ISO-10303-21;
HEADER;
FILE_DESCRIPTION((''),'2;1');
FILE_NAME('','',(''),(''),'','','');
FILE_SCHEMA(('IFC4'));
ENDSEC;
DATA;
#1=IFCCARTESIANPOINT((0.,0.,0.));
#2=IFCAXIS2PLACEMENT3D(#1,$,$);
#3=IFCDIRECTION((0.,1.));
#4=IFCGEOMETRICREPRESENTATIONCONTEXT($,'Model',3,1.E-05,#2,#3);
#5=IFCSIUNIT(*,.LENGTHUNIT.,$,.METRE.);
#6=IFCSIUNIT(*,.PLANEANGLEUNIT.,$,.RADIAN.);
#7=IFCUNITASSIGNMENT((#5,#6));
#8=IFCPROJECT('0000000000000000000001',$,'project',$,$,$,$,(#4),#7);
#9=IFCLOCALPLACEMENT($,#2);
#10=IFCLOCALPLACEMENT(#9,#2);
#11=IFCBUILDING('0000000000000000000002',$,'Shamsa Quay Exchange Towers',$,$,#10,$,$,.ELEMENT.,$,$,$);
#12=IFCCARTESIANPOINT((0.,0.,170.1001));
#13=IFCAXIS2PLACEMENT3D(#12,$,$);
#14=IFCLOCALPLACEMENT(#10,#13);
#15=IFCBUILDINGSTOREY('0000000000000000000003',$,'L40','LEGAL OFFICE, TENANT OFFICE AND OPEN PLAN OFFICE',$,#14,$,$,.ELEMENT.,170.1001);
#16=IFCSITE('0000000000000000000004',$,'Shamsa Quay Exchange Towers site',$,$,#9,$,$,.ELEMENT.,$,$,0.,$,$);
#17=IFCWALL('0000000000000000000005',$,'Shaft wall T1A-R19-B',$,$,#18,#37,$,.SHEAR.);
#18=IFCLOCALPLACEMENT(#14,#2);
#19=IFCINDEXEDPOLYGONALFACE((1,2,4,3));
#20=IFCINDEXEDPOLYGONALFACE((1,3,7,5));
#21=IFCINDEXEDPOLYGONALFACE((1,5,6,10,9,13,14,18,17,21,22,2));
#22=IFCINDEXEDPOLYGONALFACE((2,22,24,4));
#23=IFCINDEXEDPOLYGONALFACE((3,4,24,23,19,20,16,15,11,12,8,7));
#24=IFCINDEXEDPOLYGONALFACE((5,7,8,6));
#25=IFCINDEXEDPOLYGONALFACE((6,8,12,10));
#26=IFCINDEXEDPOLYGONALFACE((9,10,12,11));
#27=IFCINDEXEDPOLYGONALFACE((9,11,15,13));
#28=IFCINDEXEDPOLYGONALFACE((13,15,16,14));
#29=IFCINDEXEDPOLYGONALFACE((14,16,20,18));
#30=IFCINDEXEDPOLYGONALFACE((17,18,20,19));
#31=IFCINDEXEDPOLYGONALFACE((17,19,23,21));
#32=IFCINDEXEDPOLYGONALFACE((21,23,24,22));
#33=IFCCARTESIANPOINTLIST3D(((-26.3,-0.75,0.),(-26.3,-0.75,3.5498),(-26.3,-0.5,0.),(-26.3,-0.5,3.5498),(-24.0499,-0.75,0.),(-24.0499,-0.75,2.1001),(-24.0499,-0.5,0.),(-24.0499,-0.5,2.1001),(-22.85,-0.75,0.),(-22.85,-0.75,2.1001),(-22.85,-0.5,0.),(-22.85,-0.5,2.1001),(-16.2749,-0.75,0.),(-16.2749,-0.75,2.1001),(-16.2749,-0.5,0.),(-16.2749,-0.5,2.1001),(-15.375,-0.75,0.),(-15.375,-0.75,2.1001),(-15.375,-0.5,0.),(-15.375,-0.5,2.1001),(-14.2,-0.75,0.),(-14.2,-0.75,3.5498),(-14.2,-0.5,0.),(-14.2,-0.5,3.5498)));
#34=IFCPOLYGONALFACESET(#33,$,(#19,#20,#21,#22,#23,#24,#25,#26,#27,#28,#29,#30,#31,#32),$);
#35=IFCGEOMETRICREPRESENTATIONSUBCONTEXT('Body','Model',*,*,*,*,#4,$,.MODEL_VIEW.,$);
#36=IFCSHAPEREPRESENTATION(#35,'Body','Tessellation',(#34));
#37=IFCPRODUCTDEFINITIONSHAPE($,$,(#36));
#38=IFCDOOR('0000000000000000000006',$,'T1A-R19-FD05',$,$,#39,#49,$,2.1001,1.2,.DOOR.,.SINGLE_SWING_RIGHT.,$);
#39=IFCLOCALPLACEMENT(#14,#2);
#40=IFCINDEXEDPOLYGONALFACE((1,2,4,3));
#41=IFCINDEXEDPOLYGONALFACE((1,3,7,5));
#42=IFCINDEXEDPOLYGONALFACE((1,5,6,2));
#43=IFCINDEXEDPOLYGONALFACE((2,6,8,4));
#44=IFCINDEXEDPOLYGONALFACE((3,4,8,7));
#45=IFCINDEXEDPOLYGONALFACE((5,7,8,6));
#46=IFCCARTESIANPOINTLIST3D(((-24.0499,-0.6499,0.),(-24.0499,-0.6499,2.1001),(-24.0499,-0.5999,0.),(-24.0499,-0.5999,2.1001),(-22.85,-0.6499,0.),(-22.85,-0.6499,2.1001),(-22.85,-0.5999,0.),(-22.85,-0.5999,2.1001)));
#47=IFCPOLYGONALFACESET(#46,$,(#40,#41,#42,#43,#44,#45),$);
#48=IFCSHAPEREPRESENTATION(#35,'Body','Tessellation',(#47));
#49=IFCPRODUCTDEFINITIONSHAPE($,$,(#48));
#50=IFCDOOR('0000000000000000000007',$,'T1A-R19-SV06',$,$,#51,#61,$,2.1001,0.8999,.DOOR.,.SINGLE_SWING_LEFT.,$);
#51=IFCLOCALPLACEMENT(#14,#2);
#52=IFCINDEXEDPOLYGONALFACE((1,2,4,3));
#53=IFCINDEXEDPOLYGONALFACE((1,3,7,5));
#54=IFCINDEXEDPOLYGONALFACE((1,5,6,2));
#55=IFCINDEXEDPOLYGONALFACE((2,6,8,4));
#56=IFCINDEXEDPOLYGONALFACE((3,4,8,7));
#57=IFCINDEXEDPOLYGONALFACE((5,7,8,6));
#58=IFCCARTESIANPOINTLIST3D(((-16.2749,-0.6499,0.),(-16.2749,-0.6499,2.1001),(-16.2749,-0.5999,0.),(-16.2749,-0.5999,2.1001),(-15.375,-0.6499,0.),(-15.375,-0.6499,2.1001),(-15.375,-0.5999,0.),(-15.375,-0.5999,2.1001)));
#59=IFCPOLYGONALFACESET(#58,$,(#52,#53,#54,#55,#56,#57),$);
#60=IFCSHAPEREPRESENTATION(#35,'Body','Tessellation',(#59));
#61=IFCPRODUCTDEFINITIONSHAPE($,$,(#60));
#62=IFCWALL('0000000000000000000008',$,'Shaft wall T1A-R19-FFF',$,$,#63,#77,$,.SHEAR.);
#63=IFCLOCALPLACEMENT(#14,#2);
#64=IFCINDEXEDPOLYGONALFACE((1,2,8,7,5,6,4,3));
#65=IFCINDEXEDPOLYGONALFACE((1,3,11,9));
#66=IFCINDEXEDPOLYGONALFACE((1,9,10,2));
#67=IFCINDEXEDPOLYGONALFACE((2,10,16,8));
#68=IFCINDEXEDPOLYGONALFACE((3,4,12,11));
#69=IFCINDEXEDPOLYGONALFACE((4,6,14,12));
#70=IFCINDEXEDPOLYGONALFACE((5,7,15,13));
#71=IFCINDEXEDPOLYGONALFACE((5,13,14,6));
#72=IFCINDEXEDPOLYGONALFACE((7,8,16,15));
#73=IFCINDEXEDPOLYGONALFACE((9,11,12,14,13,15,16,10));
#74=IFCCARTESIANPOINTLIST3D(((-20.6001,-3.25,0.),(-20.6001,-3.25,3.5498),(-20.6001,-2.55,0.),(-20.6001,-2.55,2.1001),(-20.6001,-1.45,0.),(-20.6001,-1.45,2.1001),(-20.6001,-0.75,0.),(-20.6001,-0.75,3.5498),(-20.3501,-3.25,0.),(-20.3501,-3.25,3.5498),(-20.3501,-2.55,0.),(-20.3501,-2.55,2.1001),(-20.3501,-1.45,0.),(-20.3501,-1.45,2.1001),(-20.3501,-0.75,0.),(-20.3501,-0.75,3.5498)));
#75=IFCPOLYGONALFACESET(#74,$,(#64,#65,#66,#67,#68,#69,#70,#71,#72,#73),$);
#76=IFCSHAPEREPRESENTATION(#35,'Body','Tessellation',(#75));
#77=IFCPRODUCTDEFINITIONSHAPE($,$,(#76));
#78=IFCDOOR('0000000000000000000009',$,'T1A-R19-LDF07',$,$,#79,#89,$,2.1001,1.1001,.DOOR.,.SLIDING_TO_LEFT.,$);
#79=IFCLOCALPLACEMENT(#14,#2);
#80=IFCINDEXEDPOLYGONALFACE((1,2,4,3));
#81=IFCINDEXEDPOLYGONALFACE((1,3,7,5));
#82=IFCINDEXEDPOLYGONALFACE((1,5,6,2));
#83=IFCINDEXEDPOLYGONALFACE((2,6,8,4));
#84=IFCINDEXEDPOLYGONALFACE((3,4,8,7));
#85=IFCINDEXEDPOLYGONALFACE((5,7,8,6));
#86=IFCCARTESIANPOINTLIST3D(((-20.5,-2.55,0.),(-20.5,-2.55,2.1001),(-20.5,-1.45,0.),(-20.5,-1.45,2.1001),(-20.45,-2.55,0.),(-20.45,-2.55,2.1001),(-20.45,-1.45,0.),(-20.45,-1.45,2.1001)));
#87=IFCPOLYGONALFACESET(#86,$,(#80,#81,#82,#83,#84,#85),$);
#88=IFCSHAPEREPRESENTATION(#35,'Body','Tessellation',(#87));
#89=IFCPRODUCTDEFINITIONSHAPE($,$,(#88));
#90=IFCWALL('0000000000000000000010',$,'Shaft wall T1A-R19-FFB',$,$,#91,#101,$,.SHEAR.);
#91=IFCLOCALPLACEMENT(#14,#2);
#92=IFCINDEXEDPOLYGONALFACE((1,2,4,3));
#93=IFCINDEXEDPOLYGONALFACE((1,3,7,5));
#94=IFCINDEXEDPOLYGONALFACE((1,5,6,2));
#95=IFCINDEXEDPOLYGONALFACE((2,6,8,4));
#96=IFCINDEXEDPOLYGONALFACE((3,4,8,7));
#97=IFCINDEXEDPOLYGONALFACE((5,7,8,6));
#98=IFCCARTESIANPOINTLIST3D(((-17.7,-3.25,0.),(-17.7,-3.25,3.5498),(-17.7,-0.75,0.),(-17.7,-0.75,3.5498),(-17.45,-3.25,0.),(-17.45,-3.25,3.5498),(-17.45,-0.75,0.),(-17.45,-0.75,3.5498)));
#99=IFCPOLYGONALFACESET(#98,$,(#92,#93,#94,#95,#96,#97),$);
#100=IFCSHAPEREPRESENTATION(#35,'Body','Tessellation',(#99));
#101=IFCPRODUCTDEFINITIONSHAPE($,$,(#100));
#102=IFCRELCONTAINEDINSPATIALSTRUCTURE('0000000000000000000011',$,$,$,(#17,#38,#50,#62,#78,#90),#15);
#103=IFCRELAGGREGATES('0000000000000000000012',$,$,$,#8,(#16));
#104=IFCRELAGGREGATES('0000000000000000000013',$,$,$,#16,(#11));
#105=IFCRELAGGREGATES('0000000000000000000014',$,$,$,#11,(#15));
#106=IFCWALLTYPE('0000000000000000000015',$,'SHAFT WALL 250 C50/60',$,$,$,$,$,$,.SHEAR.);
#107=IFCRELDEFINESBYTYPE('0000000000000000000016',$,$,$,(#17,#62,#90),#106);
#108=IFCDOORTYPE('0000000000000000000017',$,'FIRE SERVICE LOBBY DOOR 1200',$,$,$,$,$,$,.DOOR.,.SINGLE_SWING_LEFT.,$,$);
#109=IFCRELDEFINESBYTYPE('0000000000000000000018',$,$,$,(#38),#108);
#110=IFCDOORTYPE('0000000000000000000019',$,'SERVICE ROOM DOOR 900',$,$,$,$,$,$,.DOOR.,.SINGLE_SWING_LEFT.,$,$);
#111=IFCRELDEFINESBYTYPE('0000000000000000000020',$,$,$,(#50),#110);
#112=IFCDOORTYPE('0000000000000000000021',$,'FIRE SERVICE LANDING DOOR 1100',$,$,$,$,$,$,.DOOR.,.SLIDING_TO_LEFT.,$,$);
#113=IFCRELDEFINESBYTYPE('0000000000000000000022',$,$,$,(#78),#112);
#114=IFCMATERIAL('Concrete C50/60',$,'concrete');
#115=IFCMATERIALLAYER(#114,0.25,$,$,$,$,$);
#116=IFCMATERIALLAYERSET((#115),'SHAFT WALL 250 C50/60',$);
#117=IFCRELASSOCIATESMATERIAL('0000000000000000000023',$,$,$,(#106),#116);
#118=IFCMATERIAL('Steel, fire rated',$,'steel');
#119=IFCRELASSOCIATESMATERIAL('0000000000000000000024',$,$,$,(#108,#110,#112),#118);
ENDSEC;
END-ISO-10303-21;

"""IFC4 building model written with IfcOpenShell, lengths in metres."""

from ifc_helpers import new_model, si_unit, direction, frame, frame_2d, origin, place, context, subcontext, project, spatial, rectangle, extrude, material, layer, layer_set, type_object, element, fill, save


model = new_model("IFC4")

# Units and contexts
model_context = context("Model", 3, precision=1e-05, world=origin(), true_north=direction((0.0, 1.0)))
body_context = subcontext(model_context, "Body", "Model", "MODEL_VIEW")
ifc_project = project(units=[si_unit("LENGTHUNIT", "METRE"), si_unit("PLANEANGLEUNIT", "RADIAN")], contexts=[model_context])

# Site, building, storey
site_placement = place(None, origin())
site = spatial("IfcSite", under=ifc_project, at=site_placement, Name="Shamsa Quay Exchange Towers site", CompositionType="ELEMENT", RefElevation=0.0)
building_placement = place(site_placement, origin())
building = spatial("IfcBuilding", under=site, at=building_placement, Name="Shamsa Quay Exchange Towers", CompositionType="ELEMENT")
storey_placement = place(building_placement, frame((0.0, 0.0, 170.1001)))
storey = spatial("IfcBuildingStorey", under=building, at=storey_placement, Name="L40", Description="LEGAL OFFICE, TENANT OFFICE AND OPEN PLAN OFFICE", CompositionType="ELEMENT", Elevation=170.1001)

# Shared definitions
ifc_material_1 = material(Name="Concrete C50/60", Category="concrete")
ifc_layer_1 = layer(ifc_material_1, 0.25)
ifc_layer_set_1 = layer_set([ifc_layer_1], Name="SHAFT WALL 250 C50/60")
wall_type = type_object("IfcWallType", Name="SHAFT WALL 250 C50/60", PredefinedType="SHEAR", material=ifc_layer_set_1)
ifc_material_2 = material(Name="Steel, fire rated", Category="steel")

# Wall, openings, doors
wall_1_placement = place(storey_placement, frame((-14.2, -0.625, 0.0), z_axis=(0.0, 0.0, 1.0), x_axis=(-1.0, 0.0, 0.0)))
wall_1 = element("IfcWall", 1, at=wall_1_placement, inside=storey, type_object=wall_type, Name="Shaft wall T1A-R19-B", PredefinedType="SHEAR", context=body_context, shape_type="SweptSolid", body=[
    extrude(rectangle(XDim=12.1001, YDim=0.25, at=frame_2d((6.05, 0.0))), origin(), (0.0, 0.0, 1.0), 3.5498),
])
opening_1_placement = place(wall_1_placement, frame((8.6499, 0.0, 0.0)))
opening_1 = element("IfcOpeningElement", 2, at=opening_1_placement, cuts=wall_1, PredefinedType="OPENING", context=body_context, shape_type="SweptSolid", body=[
    extrude(rectangle(XDim=1.2, YDim=2.1001, at=frame_2d((0.6001, 1.05))), frame((0.0, 0.135, 0.0), z_axis=(0.0, -1.0, 0.0), x_axis=(1.0, 0.0, 0.0)), (0.0, 0.0, 1.0), 0.27),
])
opening_2_placement = place(wall_1_placement, frame((1.175, 0.0, 0.0)))
opening_2 = element("IfcOpeningElement", 3, at=opening_2_placement, cuts=wall_1, PredefinedType="OPENING", context=body_context, shape_type="SweptSolid", body=[
    extrude(rectangle(XDim=0.8999, YDim=2.1001, at=frame_2d((0.45, 1.05))), frame((0.0, 0.135, 0.0), z_axis=(0.0, -1.0, 0.0), x_axis=(1.0, 0.0, 0.0)), (0.0, 0.0, 1.0), 0.27),
])
door_type_1 = type_object("IfcDoorType", Name="FIRE SERVICE LOBBY DOOR 1200", OperationType="SINGLE_SWING_LEFT", PredefinedType="DOOR", material=ifc_material_2)
door_1_placement = place(opening_1_placement, origin())
door_1 = element("IfcDoor", 4, at=door_1_placement, inside=storey, type_object=door_type_1, Name="T1A-R19-FD05", OperationType="SINGLE_SWING_RIGHT", OverallHeight=2.1001, OverallWidth=1.2, PredefinedType="DOOR", context=body_context, shape_type="SweptSolid", body=[
    extrude(rectangle(XDim=1.2, YDim=2.1001, at=frame_2d((0.6001, 1.05))), frame((0.0, 0.0249, 0.0), z_axis=(0.0, -1.0, 0.0), x_axis=(1.0, 0.0, 0.0)), (0.0, 0.0, 1.0), 0.05),
])
fill(opening_1, door_1)
door_type_2 = type_object("IfcDoorType", Name="SERVICE ROOM DOOR 900", OperationType="SINGLE_SWING_LEFT", PredefinedType="DOOR", material=ifc_material_2)
door_2_placement = place(opening_2_placement, origin())
door_2 = element("IfcDoor", 5, at=door_2_placement, inside=storey, type_object=door_type_2, Name="T1A-R19-SV06", OperationType="SINGLE_SWING_LEFT", OverallHeight=2.1001, OverallWidth=0.8999, PredefinedType="DOOR", context=body_context, shape_type="SweptSolid", body=[
    extrude(rectangle(XDim=0.8999, YDim=2.1001, at=frame_2d((0.45, 1.05))), frame((0.0, 0.0249, 0.0), z_axis=(0.0, -1.0, 0.0), x_axis=(1.0, 0.0, 0.0)), (0.0, 0.0, 1.0), 0.05),
])
fill(opening_2, door_2)

# Wall, opening, door
wall_2_placement = place(storey_placement, frame((-20.4751, -3.25, 0.0), z_axis=(0.0, 0.0, 1.0), x_axis=(0.0, 1.0, 0.0)))
wall_2 = element("IfcWall", 6, at=wall_2_placement, inside=storey, type_object=wall_type, Name="Shaft wall T1A-R19-FFF", PredefinedType="SHEAR", context=body_context, shape_type="SweptSolid", body=[
    extrude(rectangle(XDim=2.5, YDim=0.25, at=frame_2d((1.25, 0.0))), origin(), (0.0, 0.0, 1.0), 3.5498),
])
opening_3_placement = place(wall_2_placement, frame((0.7, 0.0, 0.0)))
opening_3 = element("IfcOpeningElement", 7, at=opening_3_placement, cuts=wall_2, PredefinedType="OPENING", context=body_context, shape_type="SweptSolid", body=[
    extrude(rectangle(XDim=1.1001, YDim=2.1001, at=frame_2d((0.55, 1.05))), frame((0.0, 0.135, 0.0), z_axis=(0.0, -1.0, 0.0), x_axis=(1.0, 0.0, 0.0)), (0.0, 0.0, 1.0), 0.27),
])
door_type_3 = type_object("IfcDoorType", Name="FIRE SERVICE LANDING DOOR 1100", OperationType="SLIDING_TO_LEFT", PredefinedType="DOOR", material=ifc_material_2)
door_3_placement = place(opening_3_placement, origin())
door_3 = element("IfcDoor", 8, at=door_3_placement, inside=storey, type_object=door_type_3, Name="T1A-R19-LDF07", OperationType="SLIDING_TO_LEFT", OverallHeight=2.1001, OverallWidth=1.1001, PredefinedType="DOOR", context=body_context, shape_type="SweptSolid", body=[
    extrude(rectangle(XDim=1.1001, YDim=2.1001, at=frame_2d((0.55, 1.05))), frame((0.0, 0.0249, 0.0), z_axis=(0.0, -1.0, 0.0), x_axis=(1.0, 0.0, 0.0)), (0.0, 0.0, 1.0), 0.05),
])
fill(opening_3, door_3)

# Wall
wall_3_placement = place(storey_placement, frame((-17.575, -3.25, 0.0), z_axis=(0.0, 0.0, 1.0), x_axis=(0.0, 1.0, 0.0)))
element("IfcWall", 9, at=wall_3_placement, inside=storey, type_object=wall_type, Name="Shaft wall T1A-R19-FFB", PredefinedType="SHEAR", context=body_context, shape_type="SweptSolid", body=[
    extrude(rectangle(XDim=2.5, YDim=0.25, at=frame_2d((1.25, 0.0))), origin(), (0.0, 0.0, 1.0), 3.5498),
])

save(model, "model.ifc")
